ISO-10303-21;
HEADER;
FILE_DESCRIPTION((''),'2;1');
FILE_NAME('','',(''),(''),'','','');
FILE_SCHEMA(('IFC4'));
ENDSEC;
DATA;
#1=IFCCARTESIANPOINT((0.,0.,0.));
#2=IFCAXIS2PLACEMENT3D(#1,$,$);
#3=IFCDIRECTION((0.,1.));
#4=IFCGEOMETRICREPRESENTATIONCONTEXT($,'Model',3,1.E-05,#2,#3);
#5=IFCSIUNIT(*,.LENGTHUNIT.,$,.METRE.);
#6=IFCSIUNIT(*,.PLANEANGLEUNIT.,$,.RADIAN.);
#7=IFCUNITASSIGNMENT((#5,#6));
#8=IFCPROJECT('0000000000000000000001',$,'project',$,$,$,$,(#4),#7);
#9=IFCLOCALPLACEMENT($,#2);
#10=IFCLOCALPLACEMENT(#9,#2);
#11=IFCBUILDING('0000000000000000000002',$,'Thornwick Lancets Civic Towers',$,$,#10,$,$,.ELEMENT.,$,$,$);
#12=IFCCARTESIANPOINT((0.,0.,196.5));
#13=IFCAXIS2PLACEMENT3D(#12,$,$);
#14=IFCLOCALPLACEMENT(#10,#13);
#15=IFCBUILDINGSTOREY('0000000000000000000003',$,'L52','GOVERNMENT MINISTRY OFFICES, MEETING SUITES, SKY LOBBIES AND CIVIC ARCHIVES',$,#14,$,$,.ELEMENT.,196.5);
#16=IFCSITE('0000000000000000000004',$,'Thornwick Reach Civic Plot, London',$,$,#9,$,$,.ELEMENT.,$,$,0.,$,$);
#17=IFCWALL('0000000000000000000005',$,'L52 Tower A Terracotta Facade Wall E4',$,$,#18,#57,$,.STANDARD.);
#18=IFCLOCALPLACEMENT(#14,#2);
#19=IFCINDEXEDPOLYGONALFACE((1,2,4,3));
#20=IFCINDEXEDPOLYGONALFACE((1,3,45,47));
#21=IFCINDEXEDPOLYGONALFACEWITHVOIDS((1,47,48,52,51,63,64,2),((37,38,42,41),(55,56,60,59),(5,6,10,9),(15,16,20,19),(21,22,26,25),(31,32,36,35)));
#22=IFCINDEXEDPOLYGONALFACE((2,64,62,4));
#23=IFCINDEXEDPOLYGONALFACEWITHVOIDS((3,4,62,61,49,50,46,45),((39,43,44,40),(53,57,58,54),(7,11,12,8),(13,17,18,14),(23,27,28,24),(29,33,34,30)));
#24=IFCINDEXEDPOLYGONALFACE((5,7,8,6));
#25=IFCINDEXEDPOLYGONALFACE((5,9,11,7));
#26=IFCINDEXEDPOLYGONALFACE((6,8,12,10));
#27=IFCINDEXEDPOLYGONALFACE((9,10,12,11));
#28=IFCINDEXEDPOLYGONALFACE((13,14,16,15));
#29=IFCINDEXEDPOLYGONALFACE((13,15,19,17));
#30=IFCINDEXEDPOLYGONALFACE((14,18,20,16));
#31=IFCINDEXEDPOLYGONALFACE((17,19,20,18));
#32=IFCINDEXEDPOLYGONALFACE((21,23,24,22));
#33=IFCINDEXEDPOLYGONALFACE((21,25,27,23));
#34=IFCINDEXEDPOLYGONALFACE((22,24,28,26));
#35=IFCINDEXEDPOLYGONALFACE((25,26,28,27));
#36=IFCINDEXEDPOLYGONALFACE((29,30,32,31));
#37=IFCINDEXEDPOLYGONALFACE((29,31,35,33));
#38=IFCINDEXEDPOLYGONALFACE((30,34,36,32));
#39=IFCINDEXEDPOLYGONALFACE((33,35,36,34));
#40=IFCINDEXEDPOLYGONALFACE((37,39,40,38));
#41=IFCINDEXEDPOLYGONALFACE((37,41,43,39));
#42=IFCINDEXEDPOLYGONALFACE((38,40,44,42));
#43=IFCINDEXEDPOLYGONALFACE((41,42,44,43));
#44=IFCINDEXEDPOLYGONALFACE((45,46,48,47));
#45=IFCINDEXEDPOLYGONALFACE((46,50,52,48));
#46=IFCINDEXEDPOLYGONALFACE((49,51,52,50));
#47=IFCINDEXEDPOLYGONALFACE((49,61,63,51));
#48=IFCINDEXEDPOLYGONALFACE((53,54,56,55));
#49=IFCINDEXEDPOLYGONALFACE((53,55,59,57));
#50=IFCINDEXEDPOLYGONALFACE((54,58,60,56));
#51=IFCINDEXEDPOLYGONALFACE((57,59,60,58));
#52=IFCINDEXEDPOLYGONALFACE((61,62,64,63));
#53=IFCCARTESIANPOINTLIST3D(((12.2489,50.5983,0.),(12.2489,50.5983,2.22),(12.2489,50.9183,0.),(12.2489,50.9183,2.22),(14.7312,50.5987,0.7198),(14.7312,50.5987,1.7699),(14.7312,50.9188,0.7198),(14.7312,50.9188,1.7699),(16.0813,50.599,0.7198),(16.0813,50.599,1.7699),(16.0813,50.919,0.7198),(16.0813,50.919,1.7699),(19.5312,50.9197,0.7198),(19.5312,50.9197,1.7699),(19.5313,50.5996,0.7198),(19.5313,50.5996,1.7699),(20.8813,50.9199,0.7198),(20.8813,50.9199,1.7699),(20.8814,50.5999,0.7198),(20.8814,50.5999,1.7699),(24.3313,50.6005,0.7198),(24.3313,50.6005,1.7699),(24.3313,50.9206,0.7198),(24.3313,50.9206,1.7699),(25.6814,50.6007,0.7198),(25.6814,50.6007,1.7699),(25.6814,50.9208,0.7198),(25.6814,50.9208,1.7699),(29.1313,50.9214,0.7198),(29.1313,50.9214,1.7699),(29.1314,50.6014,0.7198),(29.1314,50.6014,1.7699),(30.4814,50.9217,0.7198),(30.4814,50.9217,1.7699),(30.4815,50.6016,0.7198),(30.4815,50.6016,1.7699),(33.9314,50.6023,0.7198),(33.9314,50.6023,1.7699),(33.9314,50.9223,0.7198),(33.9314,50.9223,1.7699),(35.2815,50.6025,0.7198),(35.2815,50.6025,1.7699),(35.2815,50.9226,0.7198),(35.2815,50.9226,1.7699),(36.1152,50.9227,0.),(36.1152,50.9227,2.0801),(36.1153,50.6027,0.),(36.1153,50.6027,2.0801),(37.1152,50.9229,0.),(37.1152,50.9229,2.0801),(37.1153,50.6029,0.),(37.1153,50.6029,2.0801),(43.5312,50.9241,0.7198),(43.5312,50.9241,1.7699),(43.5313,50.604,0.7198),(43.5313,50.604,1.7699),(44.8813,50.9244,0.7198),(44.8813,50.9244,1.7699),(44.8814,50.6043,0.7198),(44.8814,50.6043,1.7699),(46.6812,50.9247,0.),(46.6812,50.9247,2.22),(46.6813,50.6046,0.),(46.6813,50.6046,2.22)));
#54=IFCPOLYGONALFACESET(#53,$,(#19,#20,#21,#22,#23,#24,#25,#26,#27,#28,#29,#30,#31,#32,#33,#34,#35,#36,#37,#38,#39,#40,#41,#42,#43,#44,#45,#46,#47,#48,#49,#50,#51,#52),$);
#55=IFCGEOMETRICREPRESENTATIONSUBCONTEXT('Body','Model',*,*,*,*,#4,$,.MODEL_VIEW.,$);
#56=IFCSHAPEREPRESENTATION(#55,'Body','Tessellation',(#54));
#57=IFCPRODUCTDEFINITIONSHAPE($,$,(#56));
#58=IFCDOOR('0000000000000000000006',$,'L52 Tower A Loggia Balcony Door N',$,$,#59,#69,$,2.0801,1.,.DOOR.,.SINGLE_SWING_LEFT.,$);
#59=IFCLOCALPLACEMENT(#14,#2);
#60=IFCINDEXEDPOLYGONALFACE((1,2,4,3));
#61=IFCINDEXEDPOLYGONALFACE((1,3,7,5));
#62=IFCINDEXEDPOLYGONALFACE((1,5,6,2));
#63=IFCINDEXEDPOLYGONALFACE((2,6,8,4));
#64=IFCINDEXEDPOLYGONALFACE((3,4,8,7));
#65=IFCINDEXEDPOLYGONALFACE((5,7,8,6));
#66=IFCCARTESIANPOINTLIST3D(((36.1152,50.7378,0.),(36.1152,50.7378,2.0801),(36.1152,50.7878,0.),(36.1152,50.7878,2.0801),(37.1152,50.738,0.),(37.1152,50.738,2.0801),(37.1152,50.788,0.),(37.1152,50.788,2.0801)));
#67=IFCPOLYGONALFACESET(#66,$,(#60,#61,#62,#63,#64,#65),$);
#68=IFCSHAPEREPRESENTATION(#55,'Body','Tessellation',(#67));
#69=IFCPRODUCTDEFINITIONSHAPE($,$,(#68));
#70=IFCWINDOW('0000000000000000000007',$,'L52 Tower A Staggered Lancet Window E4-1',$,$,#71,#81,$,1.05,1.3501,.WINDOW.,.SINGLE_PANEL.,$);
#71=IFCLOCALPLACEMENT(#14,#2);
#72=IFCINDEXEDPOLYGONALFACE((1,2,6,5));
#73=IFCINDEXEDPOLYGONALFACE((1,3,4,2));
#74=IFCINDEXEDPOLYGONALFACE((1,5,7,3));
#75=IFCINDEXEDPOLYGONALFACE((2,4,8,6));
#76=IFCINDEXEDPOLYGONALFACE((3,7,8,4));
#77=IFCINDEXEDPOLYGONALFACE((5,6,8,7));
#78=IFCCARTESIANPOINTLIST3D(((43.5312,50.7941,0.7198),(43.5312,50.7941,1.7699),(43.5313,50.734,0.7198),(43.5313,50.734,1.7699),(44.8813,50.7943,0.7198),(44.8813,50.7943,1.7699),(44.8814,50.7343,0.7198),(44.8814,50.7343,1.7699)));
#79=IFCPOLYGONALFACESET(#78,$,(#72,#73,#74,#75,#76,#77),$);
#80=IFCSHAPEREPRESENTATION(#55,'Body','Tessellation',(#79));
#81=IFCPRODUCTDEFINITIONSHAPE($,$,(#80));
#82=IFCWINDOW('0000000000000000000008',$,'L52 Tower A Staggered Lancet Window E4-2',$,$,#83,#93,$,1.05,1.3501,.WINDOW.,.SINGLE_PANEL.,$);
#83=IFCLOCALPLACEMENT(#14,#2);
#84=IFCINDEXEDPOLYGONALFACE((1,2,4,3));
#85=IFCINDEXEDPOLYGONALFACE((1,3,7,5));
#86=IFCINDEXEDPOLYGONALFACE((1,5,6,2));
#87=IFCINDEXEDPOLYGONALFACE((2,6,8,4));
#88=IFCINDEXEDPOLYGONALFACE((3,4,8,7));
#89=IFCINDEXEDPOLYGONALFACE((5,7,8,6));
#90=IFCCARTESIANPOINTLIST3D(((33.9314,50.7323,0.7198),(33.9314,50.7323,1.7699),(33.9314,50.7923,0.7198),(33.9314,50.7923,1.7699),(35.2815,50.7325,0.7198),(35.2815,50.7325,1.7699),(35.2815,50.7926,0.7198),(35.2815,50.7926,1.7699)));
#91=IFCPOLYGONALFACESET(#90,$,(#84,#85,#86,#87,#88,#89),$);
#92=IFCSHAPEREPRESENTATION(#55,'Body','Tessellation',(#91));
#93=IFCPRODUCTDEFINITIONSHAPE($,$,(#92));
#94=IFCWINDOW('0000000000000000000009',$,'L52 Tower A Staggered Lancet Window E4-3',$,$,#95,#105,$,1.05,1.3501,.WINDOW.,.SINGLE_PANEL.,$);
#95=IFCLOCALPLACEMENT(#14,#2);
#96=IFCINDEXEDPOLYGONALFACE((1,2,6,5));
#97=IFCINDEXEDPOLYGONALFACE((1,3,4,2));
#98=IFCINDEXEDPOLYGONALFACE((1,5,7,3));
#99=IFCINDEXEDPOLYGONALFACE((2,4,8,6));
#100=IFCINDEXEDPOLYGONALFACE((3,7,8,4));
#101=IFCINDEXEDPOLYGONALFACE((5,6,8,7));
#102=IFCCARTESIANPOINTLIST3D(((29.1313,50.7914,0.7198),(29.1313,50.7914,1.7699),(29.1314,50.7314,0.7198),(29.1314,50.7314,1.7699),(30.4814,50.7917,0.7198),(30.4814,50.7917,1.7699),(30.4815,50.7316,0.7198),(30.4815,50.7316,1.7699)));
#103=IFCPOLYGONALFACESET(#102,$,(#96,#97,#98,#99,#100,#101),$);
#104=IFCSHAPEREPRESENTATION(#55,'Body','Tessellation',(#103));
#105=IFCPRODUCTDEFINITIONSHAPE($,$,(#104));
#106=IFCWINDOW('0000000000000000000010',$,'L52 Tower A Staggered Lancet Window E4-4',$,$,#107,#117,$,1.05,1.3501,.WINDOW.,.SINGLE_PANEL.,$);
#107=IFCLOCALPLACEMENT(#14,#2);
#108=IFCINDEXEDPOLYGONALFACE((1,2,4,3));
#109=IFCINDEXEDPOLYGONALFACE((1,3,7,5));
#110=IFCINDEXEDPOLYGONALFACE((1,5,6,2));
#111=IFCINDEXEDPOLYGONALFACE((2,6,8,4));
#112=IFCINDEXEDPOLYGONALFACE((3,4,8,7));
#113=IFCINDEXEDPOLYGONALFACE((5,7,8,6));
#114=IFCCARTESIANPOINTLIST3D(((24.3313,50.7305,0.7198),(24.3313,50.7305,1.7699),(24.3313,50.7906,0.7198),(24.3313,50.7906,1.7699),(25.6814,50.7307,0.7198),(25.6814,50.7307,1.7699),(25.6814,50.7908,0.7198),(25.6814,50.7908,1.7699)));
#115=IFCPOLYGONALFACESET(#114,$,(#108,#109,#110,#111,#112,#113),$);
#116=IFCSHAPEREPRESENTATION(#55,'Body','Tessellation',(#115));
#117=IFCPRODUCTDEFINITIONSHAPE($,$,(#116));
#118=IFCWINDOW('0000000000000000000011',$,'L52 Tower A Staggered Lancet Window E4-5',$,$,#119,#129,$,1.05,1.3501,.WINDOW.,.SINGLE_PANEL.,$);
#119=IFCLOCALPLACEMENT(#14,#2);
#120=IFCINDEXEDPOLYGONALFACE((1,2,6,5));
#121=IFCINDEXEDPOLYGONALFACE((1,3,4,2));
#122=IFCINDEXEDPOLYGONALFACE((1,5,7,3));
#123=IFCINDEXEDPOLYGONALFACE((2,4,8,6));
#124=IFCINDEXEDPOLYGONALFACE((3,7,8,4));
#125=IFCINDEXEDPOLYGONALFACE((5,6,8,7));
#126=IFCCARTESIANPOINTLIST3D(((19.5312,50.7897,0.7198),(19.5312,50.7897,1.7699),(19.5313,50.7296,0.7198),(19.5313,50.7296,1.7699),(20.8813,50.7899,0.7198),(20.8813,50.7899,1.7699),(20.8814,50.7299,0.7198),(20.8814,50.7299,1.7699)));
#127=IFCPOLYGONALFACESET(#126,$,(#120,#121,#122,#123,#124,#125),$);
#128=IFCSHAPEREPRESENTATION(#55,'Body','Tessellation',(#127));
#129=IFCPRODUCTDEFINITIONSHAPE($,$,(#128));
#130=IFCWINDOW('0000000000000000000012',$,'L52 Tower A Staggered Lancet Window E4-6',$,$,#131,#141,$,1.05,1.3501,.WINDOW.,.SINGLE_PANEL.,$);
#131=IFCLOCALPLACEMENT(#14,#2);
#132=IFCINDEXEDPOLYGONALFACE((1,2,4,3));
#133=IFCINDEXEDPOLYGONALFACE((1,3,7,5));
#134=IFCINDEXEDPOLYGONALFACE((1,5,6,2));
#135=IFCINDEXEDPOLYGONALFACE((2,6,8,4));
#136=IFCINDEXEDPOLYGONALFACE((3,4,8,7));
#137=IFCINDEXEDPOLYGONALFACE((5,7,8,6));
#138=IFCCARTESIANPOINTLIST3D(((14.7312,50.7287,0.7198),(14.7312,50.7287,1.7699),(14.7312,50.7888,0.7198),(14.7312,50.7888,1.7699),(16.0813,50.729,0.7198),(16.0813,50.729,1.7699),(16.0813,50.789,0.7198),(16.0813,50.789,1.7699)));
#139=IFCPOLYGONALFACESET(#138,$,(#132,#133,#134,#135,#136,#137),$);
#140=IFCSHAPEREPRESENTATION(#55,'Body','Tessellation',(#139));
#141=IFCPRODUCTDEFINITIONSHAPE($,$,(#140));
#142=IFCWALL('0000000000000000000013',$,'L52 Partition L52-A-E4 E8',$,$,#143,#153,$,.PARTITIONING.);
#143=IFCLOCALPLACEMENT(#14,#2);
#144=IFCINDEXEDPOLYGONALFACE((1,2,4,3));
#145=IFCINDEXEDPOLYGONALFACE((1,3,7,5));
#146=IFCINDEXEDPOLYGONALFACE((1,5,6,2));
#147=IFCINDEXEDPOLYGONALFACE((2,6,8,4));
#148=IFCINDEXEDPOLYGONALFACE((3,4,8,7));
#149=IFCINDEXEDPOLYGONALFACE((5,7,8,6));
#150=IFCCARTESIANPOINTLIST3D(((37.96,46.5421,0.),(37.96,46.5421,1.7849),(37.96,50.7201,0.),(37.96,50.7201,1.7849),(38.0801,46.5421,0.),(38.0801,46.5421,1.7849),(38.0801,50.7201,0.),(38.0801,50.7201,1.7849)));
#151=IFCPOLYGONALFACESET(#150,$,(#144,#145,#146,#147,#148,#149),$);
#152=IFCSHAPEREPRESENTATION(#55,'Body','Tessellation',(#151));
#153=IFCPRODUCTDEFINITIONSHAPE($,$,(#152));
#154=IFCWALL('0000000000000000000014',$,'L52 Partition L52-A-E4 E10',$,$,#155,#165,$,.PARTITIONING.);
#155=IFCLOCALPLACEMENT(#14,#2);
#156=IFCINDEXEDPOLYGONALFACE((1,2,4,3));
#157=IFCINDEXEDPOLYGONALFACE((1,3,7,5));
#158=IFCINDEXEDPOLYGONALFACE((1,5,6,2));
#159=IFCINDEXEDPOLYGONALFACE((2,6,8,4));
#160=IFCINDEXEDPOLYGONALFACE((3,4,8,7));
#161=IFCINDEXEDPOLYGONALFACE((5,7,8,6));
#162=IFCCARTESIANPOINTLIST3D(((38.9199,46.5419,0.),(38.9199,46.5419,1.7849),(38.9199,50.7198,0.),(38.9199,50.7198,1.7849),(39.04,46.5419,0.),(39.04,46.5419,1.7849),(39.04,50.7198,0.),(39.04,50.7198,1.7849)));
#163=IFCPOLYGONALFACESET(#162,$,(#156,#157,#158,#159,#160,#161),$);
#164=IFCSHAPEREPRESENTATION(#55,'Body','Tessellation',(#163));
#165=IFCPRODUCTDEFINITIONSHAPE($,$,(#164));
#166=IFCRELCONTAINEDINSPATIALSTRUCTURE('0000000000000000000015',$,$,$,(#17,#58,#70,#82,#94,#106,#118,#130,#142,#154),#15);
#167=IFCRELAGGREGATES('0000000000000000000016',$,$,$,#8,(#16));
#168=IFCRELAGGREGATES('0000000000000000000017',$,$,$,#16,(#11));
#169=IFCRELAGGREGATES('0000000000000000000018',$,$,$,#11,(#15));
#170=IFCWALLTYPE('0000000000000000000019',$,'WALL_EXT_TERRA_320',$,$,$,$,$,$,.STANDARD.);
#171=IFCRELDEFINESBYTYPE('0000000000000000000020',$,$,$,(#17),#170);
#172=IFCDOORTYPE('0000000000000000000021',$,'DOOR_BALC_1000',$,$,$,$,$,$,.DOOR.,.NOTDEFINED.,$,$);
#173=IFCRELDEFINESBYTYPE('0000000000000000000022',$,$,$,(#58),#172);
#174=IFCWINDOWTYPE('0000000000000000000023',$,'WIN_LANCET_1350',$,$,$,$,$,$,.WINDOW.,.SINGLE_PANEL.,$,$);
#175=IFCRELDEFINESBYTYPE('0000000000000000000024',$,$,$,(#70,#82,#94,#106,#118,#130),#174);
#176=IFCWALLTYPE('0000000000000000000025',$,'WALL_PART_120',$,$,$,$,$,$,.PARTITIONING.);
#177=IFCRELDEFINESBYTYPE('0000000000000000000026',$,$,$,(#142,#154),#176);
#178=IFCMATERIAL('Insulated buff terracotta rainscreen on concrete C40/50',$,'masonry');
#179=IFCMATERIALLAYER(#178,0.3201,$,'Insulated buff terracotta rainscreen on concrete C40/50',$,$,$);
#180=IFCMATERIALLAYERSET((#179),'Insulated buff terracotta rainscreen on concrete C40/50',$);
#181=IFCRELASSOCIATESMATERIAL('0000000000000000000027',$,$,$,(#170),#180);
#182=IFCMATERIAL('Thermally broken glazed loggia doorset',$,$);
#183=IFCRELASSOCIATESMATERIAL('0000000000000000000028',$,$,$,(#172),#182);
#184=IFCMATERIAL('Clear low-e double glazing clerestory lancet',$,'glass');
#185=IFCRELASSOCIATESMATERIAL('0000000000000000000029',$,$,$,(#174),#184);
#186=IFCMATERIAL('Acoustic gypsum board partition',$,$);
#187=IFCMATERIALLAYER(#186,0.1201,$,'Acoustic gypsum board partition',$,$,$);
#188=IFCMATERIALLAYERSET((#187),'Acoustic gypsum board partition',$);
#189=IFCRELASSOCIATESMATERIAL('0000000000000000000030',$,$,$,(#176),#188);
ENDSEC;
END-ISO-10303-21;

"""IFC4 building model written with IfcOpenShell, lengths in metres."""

from ifc_helpers import new_model, si_unit, direction, frame, frame_2d, origin, place, context, subcontext, project, spatial, rectangle, extrude, material, layer, layer_set, type_object, element, fill, save


model = new_model("IFC4")

# Units and contexts
model_context = context("Model", 3, precision=1e-05, world=origin(), true_north=direction((0.0, 1.0)))
body_context = subcontext(model_context, "Body", "Model", "MODEL_VIEW")
ifc_project = project(units=[si_unit("LENGTHUNIT", "METRE"), si_unit("PLANEANGLEUNIT", "RADIAN")], contexts=[model_context])

# Site, building, storey
site_placement = place(None, origin())
site = spatial("IfcSite", under=ifc_project, at=site_placement, Name="Thornwick Reach Civic Plot, London", CompositionType="ELEMENT", RefElevation=0.0)
building_placement = place(site_placement, origin())
building = spatial("IfcBuilding", under=site, at=building_placement, Name="Thornwick Lancets Civic Towers", CompositionType="ELEMENT")
storey_placement = place(building_placement, frame((0.0, 0.0, 196.5)))
storey = spatial("IfcBuildingStorey", under=building, at=storey_placement, Name="L52", Description="GOVERNMENT MINISTRY OFFICES, MEETING SUITES, SKY LOBBIES AND CIVIC ARCHIVES", CompositionType="ELEMENT", Elevation=196.5)

# Wall, openings, door, windows
ifc_material_1 = material(Name="Insulated buff terracotta rainscreen on concrete C40/50", Category="masonry")
ifc_layer_1 = layer(ifc_material_1, 0.3201, Name="Insulated buff terracotta rainscreen on concrete C40/50")
ifc_layer_set_1 = layer_set([ifc_layer_1], Name="Insulated buff terracotta rainscreen on concrete C40/50")
wall_type_1 = type_object("IfcWallType", Name="WALL_EXT_TERRA_320", PredefinedType="STANDARD", material=ifc_layer_set_1)
wall_1_placement = place(storey_placement, frame((46.6814, 50.7646, 0.0), z_axis=(0.0, 0.0, 1.0), x_axis=(-1.0, -0.000184, 0.0)))
wall_1 = element("IfcWall", 1, at=wall_1_placement, inside=storey, type_object=wall_type_1, Name="L52 Tower A Terracotta Facade Wall E4", PredefinedType="STANDARD", context=body_context, shape_type="SweptSolid", body=[
    extrude(rectangle(XDim=34.4324, YDim=0.3201, at=frame_2d((17.2163, 0.0))), origin(), (0.0, 0.0, 1.0), 2.22),
])
opening_1_placement = place(wall_1_placement, frame((9.5662, 0.0, 0.0)))
opening_1 = element("IfcOpeningElement", 2, at=opening_1_placement, cuts=wall_1, PredefinedType="OPENING", context=body_context, shape_type="SweptSolid", body=[
    extrude(rectangle(XDim=1.0, YDim=2.0801, at=frame_2d((0.5, 1.04))), frame((0.0, 0.1699, 0.0), z_axis=(0.0, -1.0, 0.0), x_axis=(1.0, 0.0, 0.0)), (0.0, 0.0, 1.0), 0.3401),
])
opening_2_placement = place(wall_1_placement, frame((1.8, 0.0, 0.72)))
opening_2 = element("IfcOpeningElement", 3, at=opening_2_placement, cuts=wall_1, PredefinedType="OPENING", context=body_context, shape_type="SweptSolid", body=[
    extrude(rectangle(XDim=1.3501, YDim=1.05, at=frame_2d((0.675, 0.5249))), frame((0.0, 0.1699, 0.0), z_axis=(0.0, -1.0, 0.0), x_axis=(1.0, 0.0, 0.0)), (0.0, 0.0, 1.0), 0.3401),
])
opening_3_placement = place(wall_1_placement, frame((11.3999, 0.0, 0.72)))
opening_3 = element("IfcOpeningElement", 4, at=opening_3_placement, cuts=wall_1, PredefinedType="OPENING", context=body_context, shape_type="SweptSolid", body=[
    extrude(rectangle(XDim=1.3501, YDim=1.05, at=frame_2d((0.675, 0.5249))), frame((0.0, 0.1699, 0.0), z_axis=(0.0, -1.0, 0.0), x_axis=(1.0, 0.0, 0.0)), (0.0, 0.0, 1.0), 0.3401),
])
opening_4_placement = place(wall_1_placement, frame((16.2, 0.0, 0.72)))
opening_4 = element("IfcOpeningElement", 5, at=opening_4_placement, cuts=wall_1, PredefinedType="OPENING", context=body_context, shape_type="SweptSolid", body=[
    extrude(rectangle(XDim=1.3501, YDim=1.05, at=frame_2d((0.675, 0.5249))), frame((0.0, 0.1699, 0.0), z_axis=(0.0, -1.0, 0.0), x_axis=(1.0, 0.0, 0.0)), (0.0, 0.0, 1.0), 0.3401),
])
opening_5_placement = place(wall_1_placement, frame((21.0, 0.0, 0.72)))
opening_5 = element("IfcOpeningElement", 6, at=opening_5_placement, cuts=wall_1, PredefinedType="OPENING", context=body_context, shape_type="SweptSolid", body=[
    extrude(rectangle(XDim=1.3501, YDim=1.05, at=frame_2d((0.675, 0.5249))), frame((0.0, 0.1699, 0.0), z_axis=(0.0, -1.0, 0.0), x_axis=(1.0, 0.0, 0.0)), (0.0, 0.0, 1.0), 0.3401),
])
opening_6_placement = place(wall_1_placement, frame((25.8, 0.0, 0.72)))
opening_6 = element("IfcOpeningElement", 7, at=opening_6_placement, cuts=wall_1, PredefinedType="OPENING", context=body_context, shape_type="SweptSolid", body=[
    extrude(rectangle(XDim=1.3501, YDim=1.05, at=frame_2d((0.675, 0.5249))), frame((0.0, 0.1699, 0.0), z_axis=(0.0, -1.0, 0.0), x_axis=(1.0, 0.0, 0.0)), (0.0, 0.0, 1.0), 0.3401),
])
opening_7_placement = place(wall_1_placement, frame((30.6001, 0.0, 0.72)))
opening_7 = element("IfcOpeningElement", 8, at=opening_7_placement, cuts=wall_1, PredefinedType="OPENING", context=body_context, shape_type="SweptSolid", body=[
    extrude(rectangle(XDim=1.3501, YDim=1.05, at=frame_2d((0.675, 0.5249))), frame((0.0, 0.1699, 0.0), z_axis=(0.0, -1.0, 0.0), x_axis=(1.0, 0.0, 0.0)), (0.0, 0.0, 1.0), 0.3401),
])
ifc_material_2 = material(Name="Thermally broken glazed loggia doorset")
door_type = type_object("IfcDoorType", Name="DOOR_BALC_1000", OperationType="NOTDEFINED", PredefinedType="DOOR", material=ifc_material_2)
door_placement = place(opening_1_placement, origin())
door = element("IfcDoor", 9, at=door_placement, inside=storey, type_object=door_type, Name="L52 Tower A Loggia Balcony Door N", OperationType="SINGLE_SWING_LEFT", OverallHeight=2.0801, OverallWidth=1.0, PredefinedType="DOOR", context=body_context, shape_type="SweptSolid", body=[
    extrude(rectangle(XDim=1.0, YDim=2.0801, at=frame_2d((0.5, 1.04))), frame((0.0, 0.0249, 0.0), z_axis=(0.0, -1.0, 0.0), x_axis=(1.0, 0.0, 0.0)), (0.0, 0.0, 1.0), 0.05),
])
fill(opening_1, door)
ifc_material_3 = material(Name="Clear low-e double glazing clerestory lancet", Category="glass")
window_type = type_object("IfcWindowType", Name="WIN_LANCET_1350", PartitioningType="SINGLE_PANEL", PredefinedType="WINDOW", material=ifc_material_3)
window_1_placement = place(opening_2_placement, origin())
window_1 = element("IfcWindow", 10, at=window_1_placement, inside=storey, type_object=window_type, Name="L52 Tower A Staggered Lancet Window E4-1", OverallHeight=1.05, OverallWidth=1.3501, PartitioningType="SINGLE_PANEL", PredefinedType="WINDOW", context=body_context, shape_type="SweptSolid", body=[
    extrude(rectangle(XDim=1.3501, YDim=1.05, at=frame_2d((0.675, 0.5249))), frame((0.0, 0.03, 0.0), z_axis=(0.0, -1.0, 0.0), x_axis=(1.0, 0.0, 0.0)), (0.0, 0.0, 1.0), 0.0601),
])
fill(opening_2, window_1)
window_2_placement = place(opening_3_placement, origin())
window_2 = element("IfcWindow", 11, at=window_2_placement, inside=storey, type_object=window_type, Name="L52 Tower A Staggered Lancet Window E4-2", OverallHeight=1.05, OverallWidth=1.3501, PartitioningType="SINGLE_PANEL", PredefinedType="WINDOW", context=body_context, shape_type="SweptSolid", body=[
    extrude(rectangle(XDim=1.3501, YDim=1.05, at=frame_2d((0.675, 0.5249))), frame((0.0, 0.03, 0.0), z_axis=(0.0, -1.0, 0.0), x_axis=(1.0, 0.0, 0.0)), (0.0, 0.0, 1.0), 0.0601),
])
fill(opening_3, window_2)
window_3_placement = place(opening_4_placement, origin())
window_3 = element("IfcWindow", 12, at=window_3_placement, inside=storey, type_object=window_type, Name="L52 Tower A Staggered Lancet Window E4-3", OverallHeight=1.05, OverallWidth=1.3501, PartitioningType="SINGLE_PANEL", PredefinedType="WINDOW", context=body_context, shape_type="SweptSolid", body=[
    extrude(rectangle(XDim=1.3501, YDim=1.05, at=frame_2d((0.675, 0.5249))), frame((0.0, 0.03, 0.0), z_axis=(0.0, -1.0, 0.0), x_axis=(1.0, 0.0, 0.0)), (0.0, 0.0, 1.0), 0.0601),
])
fill(opening_4, window_3)
window_4_placement = place(opening_5_placement, origin())
window_4 = element("IfcWindow", 13, at=window_4_placement, inside=storey, type_object=window_type, Name="L52 Tower A Staggered Lancet Window E4-4", OverallHeight=1.05, OverallWidth=1.3501, PartitioningType="SINGLE_PANEL", PredefinedType="WINDOW", context=body_context, shape_type="SweptSolid", body=[
    extrude(rectangle(XDim=1.3501, YDim=1.05, at=frame_2d((0.675, 0.5249))), frame((0.0, 0.03, 0.0), z_axis=(0.0, -1.0, 0.0), x_axis=(1.0, 0.0, 0.0)), (0.0, 0.0, 1.0), 0.0601),
])
fill(opening_5, window_4)
window_5_placement = place(opening_6_placement, origin())
window_5 = element("IfcWindow", 14, at=window_5_placement, inside=storey, type_object=window_type, Name="L52 Tower A Staggered Lancet Window E4-5", OverallHeight=1.05, OverallWidth=1.3501, PartitioningType="SINGLE_PANEL", PredefinedType="WINDOW", context=body_context, shape_type="SweptSolid", body=[
    extrude(rectangle(XDim=1.3501, YDim=1.05, at=frame_2d((0.675, 0.5249))), frame((0.0, 0.03, 0.0), z_axis=(0.0, -1.0, 0.0), x_axis=(1.0, 0.0, 0.0)), (0.0, 0.0, 1.0), 0.0601),
])
fill(opening_6, window_5)
window_6_placement = place(opening_7_placement, origin())
window_6 = element("IfcWindow", 15, at=window_6_placement, inside=storey, type_object=window_type, Name="L52 Tower A Staggered Lancet Window E4-6", OverallHeight=1.05, OverallWidth=1.3501, PartitioningType="SINGLE_PANEL", PredefinedType="WINDOW", context=body_context, shape_type="SweptSolid", body=[
    extrude(rectangle(XDim=1.3501, YDim=1.05, at=frame_2d((0.675, 0.5249))), frame((0.0, 0.03, 0.0), z_axis=(0.0, -1.0, 0.0), x_axis=(1.0, 0.0, 0.0)), (0.0, 0.0, 1.0), 0.0601),
])
fill(opening_7, window_6)

# Walls
ifc_material_4 = material(Name="Acoustic gypsum board partition")
ifc_layer_2 = layer(ifc_material_4, 0.1201, Name="Acoustic gypsum board partition")
ifc_layer_set_2 = layer_set([ifc_layer_2], Name="Acoustic gypsum board partition")
wall_type_2 = type_object("IfcWallType", Name="WALL_PART_120", PredefinedType="PARTITIONING", material=ifc_layer_set_2)
for number, where, z_axis, x_axis, name in (
    (16, (38.02, 50.72, 0.0), (0.0, 0.0, 1.0), (0.0, -1.0, 0.0), "L52 Partition L52-A-E4 E8"),
    (17, (38.98, 46.542, 0.0), (0.0, 0.0, 1.0), (0.0, 1.0, 0.0), "L52 Partition L52-A-E4 E10"),
):
    element("IfcWall", number, at=place(storey_placement, frame(where, z_axis=z_axis, x_axis=x_axis)), inside=storey, type_object=wall_type_2, Name=name, PredefinedType="PARTITIONING", context=body_context, shape_type="SweptSolid", body=[
        extrude(rectangle(XDim=4.178, YDim=0.1201, at=frame_2d((2.0889, 0.0))), origin(), (0.0, 0.0, 1.0), 1.7849),
    ])

save(model, "model.ifc")
